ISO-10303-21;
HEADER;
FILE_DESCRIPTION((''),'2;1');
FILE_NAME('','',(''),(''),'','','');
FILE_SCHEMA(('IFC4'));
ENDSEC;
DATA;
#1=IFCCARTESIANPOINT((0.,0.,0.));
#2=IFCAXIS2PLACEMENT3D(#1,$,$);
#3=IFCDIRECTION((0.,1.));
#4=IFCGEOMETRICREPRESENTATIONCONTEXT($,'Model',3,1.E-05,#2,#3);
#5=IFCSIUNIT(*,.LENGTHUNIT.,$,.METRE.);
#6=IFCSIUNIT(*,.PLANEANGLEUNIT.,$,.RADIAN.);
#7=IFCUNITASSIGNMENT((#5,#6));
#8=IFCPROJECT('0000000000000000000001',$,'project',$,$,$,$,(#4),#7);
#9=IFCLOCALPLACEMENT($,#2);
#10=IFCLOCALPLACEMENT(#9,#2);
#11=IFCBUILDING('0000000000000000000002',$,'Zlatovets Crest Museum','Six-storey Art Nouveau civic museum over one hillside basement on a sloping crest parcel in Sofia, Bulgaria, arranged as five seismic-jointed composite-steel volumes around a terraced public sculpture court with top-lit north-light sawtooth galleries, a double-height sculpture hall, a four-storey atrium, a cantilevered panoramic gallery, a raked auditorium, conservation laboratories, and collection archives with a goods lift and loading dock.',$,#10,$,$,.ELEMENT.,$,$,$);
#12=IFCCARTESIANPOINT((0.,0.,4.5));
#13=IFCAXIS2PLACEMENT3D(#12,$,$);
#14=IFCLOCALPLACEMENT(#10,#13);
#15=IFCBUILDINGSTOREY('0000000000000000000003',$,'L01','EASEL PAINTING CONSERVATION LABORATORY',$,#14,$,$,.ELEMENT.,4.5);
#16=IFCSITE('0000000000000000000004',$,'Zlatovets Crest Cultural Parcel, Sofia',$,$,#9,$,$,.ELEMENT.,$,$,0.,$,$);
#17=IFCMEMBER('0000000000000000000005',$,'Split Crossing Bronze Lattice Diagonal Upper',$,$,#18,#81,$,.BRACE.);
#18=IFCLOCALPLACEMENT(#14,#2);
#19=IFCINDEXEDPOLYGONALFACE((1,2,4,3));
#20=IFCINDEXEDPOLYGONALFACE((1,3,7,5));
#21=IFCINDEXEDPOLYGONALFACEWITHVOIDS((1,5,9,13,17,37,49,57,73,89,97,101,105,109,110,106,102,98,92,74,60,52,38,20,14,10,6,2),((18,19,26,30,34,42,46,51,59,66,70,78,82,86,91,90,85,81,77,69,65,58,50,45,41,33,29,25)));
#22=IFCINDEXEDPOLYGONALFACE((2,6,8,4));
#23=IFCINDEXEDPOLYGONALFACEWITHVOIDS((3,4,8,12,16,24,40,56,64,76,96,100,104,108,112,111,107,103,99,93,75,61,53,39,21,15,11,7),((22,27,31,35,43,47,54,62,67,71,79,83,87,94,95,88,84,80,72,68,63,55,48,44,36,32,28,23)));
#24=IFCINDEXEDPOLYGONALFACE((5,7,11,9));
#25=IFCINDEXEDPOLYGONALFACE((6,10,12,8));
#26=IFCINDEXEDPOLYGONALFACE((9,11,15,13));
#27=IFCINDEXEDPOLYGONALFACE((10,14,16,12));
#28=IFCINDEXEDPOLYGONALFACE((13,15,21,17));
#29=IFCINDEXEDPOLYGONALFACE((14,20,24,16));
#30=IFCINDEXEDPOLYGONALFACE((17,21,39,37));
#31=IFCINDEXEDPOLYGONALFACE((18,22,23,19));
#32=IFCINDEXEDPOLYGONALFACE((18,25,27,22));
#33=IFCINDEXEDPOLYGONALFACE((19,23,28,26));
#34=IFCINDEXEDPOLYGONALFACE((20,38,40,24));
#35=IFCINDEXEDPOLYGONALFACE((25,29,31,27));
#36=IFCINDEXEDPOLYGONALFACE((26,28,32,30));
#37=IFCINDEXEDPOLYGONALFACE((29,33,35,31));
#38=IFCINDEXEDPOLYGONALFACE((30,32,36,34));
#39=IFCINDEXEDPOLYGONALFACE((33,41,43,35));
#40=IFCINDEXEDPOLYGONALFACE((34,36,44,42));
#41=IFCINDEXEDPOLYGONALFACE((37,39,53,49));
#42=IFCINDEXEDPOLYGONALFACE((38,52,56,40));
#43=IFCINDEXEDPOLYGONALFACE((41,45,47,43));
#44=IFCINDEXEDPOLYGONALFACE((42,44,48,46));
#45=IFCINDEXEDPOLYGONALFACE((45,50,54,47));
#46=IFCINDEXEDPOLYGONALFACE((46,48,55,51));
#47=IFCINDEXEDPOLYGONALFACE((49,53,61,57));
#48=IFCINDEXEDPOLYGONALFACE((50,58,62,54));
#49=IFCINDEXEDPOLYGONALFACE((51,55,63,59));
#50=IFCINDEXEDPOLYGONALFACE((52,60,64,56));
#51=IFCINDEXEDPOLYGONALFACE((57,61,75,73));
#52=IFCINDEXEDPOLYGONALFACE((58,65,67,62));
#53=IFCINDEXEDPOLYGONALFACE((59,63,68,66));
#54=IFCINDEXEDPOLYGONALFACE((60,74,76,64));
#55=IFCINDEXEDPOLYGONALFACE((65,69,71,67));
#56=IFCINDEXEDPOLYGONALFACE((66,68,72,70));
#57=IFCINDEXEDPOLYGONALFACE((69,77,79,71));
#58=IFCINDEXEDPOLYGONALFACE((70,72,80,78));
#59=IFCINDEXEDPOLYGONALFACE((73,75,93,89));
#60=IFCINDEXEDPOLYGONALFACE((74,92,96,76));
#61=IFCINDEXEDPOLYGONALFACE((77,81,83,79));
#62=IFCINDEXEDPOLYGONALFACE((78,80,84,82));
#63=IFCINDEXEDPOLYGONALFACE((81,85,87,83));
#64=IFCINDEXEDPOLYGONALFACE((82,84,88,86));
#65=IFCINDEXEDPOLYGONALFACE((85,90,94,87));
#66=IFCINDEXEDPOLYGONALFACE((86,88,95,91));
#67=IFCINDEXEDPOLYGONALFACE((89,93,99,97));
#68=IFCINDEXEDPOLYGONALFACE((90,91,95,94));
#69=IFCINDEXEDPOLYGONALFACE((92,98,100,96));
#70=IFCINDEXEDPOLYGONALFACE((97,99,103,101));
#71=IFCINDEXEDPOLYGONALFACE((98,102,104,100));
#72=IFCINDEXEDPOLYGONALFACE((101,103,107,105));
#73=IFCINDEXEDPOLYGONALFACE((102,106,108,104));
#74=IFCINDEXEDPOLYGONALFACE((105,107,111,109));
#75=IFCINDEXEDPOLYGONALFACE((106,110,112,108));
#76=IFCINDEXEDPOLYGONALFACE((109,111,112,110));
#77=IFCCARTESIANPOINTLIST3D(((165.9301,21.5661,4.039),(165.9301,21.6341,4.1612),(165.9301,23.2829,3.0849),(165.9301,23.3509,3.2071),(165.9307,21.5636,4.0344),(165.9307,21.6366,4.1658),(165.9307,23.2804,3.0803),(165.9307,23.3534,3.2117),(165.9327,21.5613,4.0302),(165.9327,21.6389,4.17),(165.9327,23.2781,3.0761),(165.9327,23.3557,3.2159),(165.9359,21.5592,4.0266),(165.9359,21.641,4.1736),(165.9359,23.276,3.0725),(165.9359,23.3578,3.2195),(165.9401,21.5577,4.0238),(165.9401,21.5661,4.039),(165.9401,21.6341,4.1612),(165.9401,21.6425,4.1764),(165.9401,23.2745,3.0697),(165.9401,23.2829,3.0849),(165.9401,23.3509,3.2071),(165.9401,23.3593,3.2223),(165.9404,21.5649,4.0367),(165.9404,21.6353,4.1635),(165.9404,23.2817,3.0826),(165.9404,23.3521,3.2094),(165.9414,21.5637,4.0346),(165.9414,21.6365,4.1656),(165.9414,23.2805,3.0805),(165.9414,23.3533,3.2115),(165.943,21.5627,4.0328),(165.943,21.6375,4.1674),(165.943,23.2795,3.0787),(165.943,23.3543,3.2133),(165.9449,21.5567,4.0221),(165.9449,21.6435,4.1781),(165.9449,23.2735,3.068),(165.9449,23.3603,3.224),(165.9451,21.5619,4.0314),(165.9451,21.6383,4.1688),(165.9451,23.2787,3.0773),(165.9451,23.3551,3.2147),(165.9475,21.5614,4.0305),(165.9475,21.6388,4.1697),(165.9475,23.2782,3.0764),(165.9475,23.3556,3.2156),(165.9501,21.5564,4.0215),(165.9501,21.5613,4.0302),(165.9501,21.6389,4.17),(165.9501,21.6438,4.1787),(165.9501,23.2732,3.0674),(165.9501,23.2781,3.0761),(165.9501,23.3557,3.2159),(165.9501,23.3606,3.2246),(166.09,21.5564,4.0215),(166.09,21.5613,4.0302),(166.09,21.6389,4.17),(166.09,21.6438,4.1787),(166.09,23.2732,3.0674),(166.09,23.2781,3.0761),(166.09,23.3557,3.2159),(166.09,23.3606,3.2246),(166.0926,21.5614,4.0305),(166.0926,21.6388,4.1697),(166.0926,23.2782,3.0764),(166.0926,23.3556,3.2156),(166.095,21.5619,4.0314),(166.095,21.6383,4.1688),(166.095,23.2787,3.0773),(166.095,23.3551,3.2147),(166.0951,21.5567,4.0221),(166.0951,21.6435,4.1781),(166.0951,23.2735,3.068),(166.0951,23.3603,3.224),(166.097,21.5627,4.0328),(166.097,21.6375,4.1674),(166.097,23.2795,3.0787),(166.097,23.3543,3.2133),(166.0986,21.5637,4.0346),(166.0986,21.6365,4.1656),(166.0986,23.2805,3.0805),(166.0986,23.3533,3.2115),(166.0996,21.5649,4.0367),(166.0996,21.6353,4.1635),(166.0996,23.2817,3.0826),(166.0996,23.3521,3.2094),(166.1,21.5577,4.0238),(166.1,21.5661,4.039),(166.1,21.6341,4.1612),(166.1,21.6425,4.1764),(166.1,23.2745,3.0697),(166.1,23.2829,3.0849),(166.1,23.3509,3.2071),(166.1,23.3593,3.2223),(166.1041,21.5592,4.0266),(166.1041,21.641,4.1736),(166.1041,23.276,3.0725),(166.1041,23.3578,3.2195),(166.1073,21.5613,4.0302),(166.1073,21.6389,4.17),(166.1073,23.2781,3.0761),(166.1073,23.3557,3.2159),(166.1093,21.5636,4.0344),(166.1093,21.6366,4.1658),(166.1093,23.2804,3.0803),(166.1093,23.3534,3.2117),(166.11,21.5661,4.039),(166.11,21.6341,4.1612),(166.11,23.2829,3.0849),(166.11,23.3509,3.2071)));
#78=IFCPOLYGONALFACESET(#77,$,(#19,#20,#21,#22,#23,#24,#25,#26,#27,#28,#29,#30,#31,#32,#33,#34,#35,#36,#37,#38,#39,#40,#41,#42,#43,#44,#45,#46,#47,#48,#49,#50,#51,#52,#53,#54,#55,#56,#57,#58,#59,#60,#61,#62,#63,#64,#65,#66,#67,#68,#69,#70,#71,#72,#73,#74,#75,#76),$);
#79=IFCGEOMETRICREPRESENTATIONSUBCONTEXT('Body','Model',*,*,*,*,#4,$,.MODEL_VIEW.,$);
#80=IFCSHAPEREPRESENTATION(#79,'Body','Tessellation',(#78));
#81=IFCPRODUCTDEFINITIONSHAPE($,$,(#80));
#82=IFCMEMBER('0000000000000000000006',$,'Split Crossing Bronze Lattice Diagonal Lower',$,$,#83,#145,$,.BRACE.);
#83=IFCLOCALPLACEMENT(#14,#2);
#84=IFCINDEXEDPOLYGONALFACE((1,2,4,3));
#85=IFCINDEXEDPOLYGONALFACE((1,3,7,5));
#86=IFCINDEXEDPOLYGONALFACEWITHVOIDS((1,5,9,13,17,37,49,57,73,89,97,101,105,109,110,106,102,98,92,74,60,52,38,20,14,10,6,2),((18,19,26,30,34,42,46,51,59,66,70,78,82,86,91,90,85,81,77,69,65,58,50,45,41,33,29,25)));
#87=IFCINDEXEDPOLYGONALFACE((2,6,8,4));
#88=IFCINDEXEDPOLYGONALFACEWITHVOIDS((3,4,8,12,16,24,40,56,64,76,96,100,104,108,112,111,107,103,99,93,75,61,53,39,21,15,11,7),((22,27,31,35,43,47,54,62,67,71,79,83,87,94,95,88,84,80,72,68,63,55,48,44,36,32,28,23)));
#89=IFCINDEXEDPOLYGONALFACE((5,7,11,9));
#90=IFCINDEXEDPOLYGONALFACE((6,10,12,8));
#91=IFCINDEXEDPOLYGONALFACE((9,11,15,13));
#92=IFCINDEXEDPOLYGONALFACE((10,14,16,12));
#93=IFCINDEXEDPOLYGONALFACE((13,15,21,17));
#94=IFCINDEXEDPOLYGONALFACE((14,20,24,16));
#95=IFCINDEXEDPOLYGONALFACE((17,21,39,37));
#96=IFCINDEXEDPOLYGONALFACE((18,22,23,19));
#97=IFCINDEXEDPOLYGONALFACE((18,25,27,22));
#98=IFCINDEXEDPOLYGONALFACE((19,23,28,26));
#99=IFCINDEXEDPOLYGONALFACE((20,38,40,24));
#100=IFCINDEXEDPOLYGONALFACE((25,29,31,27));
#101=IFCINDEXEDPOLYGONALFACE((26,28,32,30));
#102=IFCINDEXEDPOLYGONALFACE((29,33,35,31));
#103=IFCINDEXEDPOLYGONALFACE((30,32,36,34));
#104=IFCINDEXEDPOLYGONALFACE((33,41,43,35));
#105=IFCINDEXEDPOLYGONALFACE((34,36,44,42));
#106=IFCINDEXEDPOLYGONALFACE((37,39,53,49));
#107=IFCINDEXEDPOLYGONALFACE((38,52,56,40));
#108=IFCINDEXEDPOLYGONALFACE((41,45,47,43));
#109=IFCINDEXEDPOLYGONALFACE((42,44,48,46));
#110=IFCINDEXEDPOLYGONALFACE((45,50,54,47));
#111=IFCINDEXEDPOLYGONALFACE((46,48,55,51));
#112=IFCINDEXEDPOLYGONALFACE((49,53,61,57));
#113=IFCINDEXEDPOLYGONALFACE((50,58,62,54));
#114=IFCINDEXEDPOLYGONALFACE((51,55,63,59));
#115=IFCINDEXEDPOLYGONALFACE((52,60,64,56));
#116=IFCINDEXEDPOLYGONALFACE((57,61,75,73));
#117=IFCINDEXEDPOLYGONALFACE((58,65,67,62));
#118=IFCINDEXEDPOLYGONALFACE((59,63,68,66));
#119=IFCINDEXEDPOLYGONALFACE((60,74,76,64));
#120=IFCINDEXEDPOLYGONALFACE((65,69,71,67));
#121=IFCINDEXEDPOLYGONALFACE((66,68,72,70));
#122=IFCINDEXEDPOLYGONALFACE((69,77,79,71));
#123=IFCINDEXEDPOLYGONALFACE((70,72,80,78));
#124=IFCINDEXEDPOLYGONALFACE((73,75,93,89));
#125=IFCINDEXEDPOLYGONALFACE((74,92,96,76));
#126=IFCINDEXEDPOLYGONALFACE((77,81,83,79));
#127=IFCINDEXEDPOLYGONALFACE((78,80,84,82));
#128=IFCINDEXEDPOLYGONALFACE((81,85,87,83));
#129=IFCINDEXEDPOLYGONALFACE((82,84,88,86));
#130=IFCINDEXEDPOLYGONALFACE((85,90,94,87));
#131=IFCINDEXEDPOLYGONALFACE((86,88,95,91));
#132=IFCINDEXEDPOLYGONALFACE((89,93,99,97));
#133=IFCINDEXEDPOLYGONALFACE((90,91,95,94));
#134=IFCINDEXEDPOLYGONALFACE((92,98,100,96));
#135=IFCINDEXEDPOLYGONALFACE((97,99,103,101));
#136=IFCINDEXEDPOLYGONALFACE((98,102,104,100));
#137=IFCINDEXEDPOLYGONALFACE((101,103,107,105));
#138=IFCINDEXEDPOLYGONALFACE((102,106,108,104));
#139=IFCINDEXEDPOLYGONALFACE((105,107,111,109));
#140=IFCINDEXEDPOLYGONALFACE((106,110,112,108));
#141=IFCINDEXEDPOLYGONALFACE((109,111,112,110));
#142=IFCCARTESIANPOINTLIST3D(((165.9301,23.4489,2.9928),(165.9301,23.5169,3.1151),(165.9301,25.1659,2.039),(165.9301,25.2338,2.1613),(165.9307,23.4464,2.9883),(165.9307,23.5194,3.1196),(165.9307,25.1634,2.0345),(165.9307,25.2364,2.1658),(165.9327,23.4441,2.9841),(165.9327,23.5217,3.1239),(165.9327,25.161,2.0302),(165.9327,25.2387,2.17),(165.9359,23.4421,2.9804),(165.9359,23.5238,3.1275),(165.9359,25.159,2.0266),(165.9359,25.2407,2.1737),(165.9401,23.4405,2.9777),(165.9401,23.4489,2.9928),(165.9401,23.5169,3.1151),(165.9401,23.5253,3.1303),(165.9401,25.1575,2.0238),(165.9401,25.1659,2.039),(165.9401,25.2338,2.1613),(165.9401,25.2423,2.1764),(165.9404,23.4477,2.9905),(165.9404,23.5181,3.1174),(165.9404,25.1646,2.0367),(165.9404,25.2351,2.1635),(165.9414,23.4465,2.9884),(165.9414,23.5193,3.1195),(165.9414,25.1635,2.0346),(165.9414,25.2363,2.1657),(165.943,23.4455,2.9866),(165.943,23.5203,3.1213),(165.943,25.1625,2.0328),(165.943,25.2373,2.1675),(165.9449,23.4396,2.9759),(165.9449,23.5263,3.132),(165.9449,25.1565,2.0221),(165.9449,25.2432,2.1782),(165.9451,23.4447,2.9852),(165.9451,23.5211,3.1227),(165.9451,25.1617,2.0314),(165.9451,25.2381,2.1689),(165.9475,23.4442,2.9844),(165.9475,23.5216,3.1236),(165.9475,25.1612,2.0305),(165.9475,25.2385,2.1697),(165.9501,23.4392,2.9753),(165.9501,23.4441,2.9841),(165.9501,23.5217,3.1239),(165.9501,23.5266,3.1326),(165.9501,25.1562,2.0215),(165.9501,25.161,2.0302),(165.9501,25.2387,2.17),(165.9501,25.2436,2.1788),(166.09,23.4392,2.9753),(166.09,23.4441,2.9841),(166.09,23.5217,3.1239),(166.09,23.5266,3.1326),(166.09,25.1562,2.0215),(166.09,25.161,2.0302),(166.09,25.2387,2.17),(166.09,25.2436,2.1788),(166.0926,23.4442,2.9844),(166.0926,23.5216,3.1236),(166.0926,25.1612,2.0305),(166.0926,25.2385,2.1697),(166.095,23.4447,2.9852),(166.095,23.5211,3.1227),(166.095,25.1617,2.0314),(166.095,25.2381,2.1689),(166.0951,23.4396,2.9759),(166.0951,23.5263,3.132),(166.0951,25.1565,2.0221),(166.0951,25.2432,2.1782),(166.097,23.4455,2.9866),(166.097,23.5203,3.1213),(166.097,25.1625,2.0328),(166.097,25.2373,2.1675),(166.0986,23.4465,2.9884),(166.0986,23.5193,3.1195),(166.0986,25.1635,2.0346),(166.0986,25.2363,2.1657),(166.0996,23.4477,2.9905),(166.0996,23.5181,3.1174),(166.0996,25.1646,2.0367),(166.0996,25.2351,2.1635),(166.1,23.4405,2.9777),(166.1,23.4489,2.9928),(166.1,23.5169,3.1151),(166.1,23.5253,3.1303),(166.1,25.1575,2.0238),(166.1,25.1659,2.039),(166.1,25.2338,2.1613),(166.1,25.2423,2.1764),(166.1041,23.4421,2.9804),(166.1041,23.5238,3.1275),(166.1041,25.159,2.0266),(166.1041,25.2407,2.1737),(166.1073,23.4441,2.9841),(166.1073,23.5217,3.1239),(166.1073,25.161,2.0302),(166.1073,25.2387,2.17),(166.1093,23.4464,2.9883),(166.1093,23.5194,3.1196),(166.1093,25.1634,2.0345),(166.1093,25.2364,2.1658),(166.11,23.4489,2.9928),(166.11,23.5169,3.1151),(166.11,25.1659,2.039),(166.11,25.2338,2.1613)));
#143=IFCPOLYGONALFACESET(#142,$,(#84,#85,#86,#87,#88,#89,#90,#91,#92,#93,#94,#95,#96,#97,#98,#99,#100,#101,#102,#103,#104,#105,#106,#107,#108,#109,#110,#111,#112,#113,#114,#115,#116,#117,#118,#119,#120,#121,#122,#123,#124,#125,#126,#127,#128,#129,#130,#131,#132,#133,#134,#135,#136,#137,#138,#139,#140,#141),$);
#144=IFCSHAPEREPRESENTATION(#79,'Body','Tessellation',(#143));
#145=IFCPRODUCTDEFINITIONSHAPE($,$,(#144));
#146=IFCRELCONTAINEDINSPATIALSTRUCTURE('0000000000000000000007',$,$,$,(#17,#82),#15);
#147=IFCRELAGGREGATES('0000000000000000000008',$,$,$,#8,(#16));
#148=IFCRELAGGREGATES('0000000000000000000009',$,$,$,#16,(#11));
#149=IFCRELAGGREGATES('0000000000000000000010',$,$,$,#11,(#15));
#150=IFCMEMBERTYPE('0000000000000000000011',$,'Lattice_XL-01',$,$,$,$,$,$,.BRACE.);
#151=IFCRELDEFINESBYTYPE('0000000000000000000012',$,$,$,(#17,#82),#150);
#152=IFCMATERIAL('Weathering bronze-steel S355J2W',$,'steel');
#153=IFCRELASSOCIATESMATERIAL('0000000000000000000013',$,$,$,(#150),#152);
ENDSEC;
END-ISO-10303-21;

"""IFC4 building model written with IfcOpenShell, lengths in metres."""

from ifc_helpers import new_model, si_unit, direction, frame, origin, origin_2d, place, context, subcontext, project, spatial, hollow_rectangle, extrude, material, material_profile, profile_set, type_object, element, save


model = new_model("IFC4")

# Units and contexts
model_context = context("Model", 3, precision=1e-05, world=origin(), true_north=direction((0.0, 1.0)))
body_context = subcontext(model_context, "Body", "Model", "MODEL_VIEW")
ifc_project = project(units=[si_unit("LENGTHUNIT", "METRE"), si_unit("PLANEANGLEUNIT", "RADIAN")], contexts=[model_context])

# Site, building, storey
site_placement = place(None, origin())
site = spatial("IfcSite", under=ifc_project, at=site_placement, Name="Zlatovets Crest Cultural Parcel, Sofia", CompositionType="ELEMENT", RefElevation=0.0)
building_placement = place(site_placement, origin())
building = spatial("IfcBuilding", under=site, at=building_placement, Name="Zlatovets Crest Museum", Description="Six-storey Art Nouveau civic museum over one hillside basement on a sloping crest parcel in Sofia, Bulgaria, arranged as five seismic-jointed composite-steel volumes around a terraced public sculpture court with top-lit north-light sawtooth galleries, a double-height sculpture hall, a four-storey atrium, a cantilevered panoramic gallery, a raked auditorium, conservation laboratories, and collection archives with a goods lift and loading dock.", CompositionType="ELEMENT")
storey_placement = place(building_placement, frame((0.0, 0.0, 4.5)))
storey = spatial("IfcBuildingStorey", under=building, at=storey_placement, Name="L01", Description="EASEL PAINTING CONSERVATION LABORATORY", CompositionType="ELEMENT", Elevation=4.5)

# Members
ifc_material_1 = material(Name="Weathering bronze-steel S355J2W", Category="steel")
ifc_material_profile_1 = material_profile(ifc_material_1, hollow_rectangle(XDim=0.1799, YDim=0.1799, WallThickness=0.01, InnerFilletRadius=0.01, OuterFilletRadius=0.02, at=origin_2d()), Name="SHS 180x180x10.0")
ifc_profile_set_1 = profile_set([ifc_material_profile_1], Name="Weathering bronze-steel S355J2W")
member_type_1 = type_object("IfcMemberType", Name="Lattice_XL-01", PredefinedType="BRACE", material=ifc_profile_set_1)
for number, where, z_axis, x_axis, name in (
    (1, (166.02, 21.6001, 4.1001), (0.0, 0.874087, -0.48577), (-1.0, 0.0, 0.0), "Split Crossing Bronze Lattice Diagonal Upper"),
    (2, (166.02, 23.4829, 3.054), (0.0, 0.874169, -0.485622), (-1.0, 0.0, 0.0), "Split Crossing Bronze Lattice Diagonal Lower"),
):
    element("IfcMember", number, at=place(storey_placement, frame(where, z_axis=z_axis, x_axis=x_axis)), inside=storey, type_object=member_type_1, Name=name, PredefinedType="BRACE", context=body_context, shape_type="SweptSolid", body=[
        extrude(hollow_rectangle(XDim=0.1799, YDim=0.1799, WallThickness=0.01, InnerFilletRadius=0.01, OuterFilletRadius=0.02, at=origin_2d()), origin(), (0.0, 0.0, 1.0), 1.9641),
    ])

save(model, "model.ifc")
